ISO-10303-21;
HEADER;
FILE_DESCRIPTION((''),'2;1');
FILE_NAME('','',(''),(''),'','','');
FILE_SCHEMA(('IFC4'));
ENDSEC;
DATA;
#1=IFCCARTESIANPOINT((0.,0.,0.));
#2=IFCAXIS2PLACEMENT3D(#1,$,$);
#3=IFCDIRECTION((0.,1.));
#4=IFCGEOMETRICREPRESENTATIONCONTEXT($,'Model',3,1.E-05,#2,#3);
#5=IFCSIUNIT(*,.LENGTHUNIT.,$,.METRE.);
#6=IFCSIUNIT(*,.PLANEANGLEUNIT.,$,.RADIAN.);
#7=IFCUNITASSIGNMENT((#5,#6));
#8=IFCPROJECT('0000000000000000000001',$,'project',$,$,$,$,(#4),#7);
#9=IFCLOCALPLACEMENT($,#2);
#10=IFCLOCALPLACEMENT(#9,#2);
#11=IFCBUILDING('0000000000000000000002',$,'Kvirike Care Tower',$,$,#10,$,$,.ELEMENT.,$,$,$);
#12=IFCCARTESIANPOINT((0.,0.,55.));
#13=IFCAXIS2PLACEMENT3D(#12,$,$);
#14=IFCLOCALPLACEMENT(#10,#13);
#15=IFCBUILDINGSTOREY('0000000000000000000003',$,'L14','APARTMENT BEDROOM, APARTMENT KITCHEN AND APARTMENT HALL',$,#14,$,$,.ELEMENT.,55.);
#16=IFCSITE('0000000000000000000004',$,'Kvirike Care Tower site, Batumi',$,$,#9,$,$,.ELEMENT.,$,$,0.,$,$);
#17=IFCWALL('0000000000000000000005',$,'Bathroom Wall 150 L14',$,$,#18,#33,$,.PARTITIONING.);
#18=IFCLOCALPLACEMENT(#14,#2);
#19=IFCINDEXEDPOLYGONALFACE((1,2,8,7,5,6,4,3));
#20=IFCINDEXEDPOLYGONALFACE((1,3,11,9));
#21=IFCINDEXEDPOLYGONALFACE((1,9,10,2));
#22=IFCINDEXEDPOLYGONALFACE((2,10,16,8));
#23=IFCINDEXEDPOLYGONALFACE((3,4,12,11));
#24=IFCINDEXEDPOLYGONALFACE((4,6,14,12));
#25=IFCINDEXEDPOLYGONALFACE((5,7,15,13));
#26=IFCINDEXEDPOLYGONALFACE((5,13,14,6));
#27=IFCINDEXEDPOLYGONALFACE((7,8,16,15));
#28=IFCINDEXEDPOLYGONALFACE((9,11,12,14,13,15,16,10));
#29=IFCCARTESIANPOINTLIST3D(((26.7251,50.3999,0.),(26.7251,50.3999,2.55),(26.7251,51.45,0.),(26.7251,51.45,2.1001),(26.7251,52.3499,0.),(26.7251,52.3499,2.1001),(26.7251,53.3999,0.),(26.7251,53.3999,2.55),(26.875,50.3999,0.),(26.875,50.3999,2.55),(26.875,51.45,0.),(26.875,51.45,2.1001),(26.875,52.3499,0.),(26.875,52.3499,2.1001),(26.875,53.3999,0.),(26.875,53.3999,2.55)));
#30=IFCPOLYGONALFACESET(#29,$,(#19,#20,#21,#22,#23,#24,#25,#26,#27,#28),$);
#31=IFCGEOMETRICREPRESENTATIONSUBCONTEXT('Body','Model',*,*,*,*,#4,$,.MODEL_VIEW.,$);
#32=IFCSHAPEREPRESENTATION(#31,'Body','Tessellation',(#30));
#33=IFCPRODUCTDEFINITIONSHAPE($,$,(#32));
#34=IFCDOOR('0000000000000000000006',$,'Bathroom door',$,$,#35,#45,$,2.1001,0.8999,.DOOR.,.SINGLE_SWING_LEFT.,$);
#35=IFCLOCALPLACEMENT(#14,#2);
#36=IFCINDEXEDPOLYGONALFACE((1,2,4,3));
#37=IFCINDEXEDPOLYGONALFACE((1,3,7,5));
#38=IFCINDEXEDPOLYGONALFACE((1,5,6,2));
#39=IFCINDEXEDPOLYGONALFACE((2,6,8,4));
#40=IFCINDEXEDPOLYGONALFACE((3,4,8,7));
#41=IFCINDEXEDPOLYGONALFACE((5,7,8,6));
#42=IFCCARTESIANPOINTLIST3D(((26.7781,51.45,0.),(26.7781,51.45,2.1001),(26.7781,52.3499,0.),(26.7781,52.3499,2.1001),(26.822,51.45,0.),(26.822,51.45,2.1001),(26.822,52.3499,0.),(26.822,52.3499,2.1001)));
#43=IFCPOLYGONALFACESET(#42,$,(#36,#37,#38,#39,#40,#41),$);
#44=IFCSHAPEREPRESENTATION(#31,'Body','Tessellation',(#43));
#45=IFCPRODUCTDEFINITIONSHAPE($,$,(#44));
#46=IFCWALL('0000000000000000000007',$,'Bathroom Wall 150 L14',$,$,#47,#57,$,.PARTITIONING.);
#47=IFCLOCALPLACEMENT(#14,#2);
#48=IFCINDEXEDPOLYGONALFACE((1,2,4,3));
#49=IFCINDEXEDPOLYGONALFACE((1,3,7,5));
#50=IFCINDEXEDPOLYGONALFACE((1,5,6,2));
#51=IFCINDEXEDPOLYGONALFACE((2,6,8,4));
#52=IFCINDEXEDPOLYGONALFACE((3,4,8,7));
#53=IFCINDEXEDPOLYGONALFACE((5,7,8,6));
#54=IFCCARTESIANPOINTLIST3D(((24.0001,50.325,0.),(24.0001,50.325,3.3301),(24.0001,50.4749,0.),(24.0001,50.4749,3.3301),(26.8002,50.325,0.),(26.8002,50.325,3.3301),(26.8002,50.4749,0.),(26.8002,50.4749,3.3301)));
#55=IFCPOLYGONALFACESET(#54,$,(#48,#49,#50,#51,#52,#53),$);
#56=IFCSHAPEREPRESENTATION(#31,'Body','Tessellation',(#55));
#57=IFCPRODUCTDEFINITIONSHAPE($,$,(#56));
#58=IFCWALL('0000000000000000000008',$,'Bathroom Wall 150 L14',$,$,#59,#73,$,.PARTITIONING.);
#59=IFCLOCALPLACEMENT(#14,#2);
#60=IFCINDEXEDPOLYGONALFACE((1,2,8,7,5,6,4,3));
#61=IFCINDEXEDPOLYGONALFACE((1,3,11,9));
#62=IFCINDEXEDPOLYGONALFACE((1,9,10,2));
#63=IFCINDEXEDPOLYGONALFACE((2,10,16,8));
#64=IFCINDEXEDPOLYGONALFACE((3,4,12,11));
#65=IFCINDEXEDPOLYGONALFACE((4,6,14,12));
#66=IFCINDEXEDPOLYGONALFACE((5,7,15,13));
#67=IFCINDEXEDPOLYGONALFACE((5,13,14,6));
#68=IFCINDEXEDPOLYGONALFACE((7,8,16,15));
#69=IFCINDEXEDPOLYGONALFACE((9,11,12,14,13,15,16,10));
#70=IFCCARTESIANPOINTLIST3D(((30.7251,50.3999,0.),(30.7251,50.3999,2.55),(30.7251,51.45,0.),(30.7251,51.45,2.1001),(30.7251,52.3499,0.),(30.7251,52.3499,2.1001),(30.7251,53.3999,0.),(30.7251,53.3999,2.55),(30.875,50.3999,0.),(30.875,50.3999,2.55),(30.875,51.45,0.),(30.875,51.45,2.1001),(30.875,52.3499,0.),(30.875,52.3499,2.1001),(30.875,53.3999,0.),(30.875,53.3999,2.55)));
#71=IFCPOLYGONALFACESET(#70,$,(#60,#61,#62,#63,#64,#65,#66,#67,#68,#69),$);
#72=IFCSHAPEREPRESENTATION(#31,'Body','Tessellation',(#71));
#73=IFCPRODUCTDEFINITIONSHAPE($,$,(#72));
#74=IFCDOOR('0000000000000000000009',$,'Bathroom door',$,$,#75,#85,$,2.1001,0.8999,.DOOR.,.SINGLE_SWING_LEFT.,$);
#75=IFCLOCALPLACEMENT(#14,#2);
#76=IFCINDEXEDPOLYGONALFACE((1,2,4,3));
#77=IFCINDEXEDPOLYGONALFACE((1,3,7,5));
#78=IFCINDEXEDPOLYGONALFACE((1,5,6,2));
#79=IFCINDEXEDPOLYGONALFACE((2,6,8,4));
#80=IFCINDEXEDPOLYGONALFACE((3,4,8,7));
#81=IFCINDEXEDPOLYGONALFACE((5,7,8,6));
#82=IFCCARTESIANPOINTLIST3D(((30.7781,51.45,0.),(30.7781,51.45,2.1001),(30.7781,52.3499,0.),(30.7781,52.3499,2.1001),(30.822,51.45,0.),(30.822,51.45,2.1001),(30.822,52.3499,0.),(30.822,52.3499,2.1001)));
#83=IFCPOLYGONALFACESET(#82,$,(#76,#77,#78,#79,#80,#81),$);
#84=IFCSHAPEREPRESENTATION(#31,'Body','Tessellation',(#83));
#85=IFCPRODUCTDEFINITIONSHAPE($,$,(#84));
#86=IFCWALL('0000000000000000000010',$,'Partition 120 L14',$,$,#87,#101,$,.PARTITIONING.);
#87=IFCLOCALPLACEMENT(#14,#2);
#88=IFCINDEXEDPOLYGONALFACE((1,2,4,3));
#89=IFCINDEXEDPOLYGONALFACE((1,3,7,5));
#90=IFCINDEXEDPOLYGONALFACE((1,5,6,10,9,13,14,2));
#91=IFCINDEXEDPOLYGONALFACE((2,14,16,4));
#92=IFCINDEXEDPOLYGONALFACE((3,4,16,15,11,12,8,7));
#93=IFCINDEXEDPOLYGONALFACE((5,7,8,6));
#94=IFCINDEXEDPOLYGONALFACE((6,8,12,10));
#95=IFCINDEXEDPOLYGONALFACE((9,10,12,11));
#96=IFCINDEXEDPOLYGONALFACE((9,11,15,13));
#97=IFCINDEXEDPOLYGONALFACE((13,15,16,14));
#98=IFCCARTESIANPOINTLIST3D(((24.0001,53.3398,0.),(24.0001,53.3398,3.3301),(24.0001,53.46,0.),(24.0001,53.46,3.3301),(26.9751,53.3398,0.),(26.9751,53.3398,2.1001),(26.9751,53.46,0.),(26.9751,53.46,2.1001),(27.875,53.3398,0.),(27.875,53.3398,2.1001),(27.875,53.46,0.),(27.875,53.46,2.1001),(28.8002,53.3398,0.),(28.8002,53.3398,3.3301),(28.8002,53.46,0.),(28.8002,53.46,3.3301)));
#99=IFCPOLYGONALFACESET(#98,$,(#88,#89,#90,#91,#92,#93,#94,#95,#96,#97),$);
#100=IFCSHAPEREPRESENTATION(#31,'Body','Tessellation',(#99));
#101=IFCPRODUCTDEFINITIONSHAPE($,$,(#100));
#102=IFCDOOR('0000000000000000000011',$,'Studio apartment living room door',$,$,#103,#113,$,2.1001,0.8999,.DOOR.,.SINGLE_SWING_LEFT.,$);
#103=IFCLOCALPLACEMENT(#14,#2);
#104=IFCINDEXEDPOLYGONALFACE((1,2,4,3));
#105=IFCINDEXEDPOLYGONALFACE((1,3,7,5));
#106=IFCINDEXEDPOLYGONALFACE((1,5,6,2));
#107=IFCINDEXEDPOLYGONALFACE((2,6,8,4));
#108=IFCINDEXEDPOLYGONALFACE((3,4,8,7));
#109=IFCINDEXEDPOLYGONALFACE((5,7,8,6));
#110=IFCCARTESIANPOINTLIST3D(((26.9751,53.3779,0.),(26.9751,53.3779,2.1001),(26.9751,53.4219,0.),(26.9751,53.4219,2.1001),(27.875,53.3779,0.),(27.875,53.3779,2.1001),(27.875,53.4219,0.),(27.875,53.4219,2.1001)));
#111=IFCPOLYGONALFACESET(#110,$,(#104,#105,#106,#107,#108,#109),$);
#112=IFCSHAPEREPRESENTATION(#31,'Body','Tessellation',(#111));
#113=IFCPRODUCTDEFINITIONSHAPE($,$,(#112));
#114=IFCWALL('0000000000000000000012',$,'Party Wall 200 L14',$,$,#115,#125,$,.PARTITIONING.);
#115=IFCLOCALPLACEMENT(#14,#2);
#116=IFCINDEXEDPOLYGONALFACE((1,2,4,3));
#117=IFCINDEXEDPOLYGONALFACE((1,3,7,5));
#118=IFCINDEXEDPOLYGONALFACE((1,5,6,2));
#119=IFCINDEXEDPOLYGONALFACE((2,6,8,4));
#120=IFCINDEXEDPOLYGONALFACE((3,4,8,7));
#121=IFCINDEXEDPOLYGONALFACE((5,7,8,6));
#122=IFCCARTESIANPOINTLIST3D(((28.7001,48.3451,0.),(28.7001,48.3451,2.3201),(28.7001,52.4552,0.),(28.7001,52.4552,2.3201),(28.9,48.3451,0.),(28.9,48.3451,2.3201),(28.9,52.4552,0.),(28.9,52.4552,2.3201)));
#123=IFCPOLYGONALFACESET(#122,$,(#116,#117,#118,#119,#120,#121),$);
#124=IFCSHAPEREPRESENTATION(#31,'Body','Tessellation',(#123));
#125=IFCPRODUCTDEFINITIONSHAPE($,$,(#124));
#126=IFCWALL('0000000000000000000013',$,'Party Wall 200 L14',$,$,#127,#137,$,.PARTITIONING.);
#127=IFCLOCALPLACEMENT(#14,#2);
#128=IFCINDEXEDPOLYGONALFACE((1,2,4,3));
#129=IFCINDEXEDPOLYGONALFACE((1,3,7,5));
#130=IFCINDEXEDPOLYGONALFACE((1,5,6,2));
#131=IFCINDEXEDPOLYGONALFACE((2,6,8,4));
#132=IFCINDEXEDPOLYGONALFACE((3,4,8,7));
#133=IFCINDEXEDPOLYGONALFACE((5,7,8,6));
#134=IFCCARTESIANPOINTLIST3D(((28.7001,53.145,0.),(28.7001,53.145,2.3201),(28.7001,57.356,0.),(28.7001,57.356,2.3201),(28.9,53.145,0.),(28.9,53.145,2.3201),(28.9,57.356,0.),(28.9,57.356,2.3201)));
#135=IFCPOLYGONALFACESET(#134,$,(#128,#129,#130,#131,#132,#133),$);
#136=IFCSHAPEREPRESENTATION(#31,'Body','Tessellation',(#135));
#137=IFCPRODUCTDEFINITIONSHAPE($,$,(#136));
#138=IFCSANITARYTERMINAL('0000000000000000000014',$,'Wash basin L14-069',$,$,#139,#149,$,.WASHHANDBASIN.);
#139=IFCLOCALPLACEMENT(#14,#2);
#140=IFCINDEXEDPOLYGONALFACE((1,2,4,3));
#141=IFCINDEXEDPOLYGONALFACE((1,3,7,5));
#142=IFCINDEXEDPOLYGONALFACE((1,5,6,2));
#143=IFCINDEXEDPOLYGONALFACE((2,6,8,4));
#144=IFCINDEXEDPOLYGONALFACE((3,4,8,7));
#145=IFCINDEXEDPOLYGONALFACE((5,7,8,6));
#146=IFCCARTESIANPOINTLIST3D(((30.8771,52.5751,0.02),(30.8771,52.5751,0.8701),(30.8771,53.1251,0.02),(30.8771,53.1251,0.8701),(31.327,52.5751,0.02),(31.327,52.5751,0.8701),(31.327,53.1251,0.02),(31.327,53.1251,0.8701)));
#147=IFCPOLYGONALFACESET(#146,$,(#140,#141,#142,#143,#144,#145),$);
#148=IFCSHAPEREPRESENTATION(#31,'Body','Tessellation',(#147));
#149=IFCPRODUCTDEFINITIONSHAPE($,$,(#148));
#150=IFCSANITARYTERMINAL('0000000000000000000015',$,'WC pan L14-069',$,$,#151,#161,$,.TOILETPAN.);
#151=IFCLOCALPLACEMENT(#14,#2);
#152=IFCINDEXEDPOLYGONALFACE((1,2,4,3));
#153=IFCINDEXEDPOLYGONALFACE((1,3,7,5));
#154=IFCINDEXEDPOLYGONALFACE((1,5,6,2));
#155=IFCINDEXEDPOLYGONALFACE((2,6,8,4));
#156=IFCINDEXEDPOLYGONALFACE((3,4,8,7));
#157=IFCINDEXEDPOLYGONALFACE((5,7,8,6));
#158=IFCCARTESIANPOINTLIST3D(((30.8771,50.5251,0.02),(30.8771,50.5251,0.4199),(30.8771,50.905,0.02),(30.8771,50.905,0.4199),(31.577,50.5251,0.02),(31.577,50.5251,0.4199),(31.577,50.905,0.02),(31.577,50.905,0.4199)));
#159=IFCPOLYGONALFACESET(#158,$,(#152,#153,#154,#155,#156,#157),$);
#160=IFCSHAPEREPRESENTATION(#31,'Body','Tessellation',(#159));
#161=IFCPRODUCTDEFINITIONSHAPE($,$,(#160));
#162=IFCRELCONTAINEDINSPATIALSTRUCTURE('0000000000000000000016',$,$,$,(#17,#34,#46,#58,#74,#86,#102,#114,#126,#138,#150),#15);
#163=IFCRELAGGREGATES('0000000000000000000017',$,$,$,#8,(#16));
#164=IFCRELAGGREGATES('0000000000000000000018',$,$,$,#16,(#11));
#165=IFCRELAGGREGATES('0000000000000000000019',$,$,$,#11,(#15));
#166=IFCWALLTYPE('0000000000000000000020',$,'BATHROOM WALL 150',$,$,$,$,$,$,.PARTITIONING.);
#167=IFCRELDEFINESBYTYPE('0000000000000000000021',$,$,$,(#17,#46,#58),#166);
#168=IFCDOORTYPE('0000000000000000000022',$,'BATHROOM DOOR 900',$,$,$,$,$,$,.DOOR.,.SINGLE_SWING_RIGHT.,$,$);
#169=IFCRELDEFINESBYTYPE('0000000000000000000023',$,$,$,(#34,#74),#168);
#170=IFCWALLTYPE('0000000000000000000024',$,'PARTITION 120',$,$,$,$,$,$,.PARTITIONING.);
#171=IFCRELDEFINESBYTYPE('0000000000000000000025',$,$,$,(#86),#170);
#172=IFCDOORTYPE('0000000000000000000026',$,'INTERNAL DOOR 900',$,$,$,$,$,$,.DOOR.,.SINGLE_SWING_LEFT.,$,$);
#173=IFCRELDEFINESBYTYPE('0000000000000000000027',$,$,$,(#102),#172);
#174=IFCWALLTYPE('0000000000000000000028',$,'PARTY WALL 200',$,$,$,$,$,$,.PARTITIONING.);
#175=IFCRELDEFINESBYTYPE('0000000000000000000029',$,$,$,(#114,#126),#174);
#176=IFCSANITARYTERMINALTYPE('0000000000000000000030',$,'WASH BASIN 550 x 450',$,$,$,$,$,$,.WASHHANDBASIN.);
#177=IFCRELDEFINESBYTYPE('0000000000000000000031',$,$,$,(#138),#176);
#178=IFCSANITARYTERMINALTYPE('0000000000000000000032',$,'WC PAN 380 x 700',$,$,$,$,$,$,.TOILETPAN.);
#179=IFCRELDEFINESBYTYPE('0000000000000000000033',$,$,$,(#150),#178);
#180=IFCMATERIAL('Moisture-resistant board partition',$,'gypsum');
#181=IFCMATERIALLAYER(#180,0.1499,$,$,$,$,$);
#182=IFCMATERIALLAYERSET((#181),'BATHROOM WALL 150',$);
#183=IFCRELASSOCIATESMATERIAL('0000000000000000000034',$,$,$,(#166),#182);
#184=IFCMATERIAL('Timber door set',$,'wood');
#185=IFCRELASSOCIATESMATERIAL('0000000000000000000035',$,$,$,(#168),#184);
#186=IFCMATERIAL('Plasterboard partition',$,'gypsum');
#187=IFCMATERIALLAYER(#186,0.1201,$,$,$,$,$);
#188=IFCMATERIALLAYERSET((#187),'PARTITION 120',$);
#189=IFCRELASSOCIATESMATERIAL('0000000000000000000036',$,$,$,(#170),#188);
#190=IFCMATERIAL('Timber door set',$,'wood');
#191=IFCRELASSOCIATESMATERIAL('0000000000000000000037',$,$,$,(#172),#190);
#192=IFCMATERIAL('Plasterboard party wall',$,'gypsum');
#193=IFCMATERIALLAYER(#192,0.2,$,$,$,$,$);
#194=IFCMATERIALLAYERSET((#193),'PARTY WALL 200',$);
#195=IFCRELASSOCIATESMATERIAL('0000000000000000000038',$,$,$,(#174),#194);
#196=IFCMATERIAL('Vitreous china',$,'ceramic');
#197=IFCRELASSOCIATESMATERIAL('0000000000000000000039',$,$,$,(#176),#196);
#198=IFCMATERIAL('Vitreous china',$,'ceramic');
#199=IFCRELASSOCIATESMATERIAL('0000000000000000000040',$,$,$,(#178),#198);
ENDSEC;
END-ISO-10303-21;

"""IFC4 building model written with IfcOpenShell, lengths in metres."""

from ifc_helpers import new_model, si_unit, direction, frame, frame_2d, origin, origin_2d, place, context, subcontext, project, spatial, rectangle, extrude, material, layer, layer_set, type_object, element, fill, save


model = new_model("IFC4")

# Units and contexts
model_context = context("Model", 3, precision=1e-05, world=origin(), true_north=direction((0.0, 1.0)))
body_context = subcontext(model_context, "Body", "Model", "MODEL_VIEW")
ifc_project = project(units=[si_unit("LENGTHUNIT", "METRE"), si_unit("PLANEANGLEUNIT", "RADIAN")], contexts=[model_context])

# Site, building, storey
site_placement = place(None, origin())
site = spatial("IfcSite", under=ifc_project, at=site_placement, Name="Kvirike Care Tower site, Batumi", CompositionType="ELEMENT", RefElevation=0.0)
building_placement = place(site_placement, origin())
building = spatial("IfcBuilding", under=site, at=building_placement, Name="Kvirike Care Tower", CompositionType="ELEMENT")
storey_placement = place(building_placement, frame((0.0, 0.0, 55.0)))
storey = spatial("IfcBuildingStorey", under=building, at=storey_placement, Name="L14", Description="APARTMENT BEDROOM, APARTMENT KITCHEN AND APARTMENT HALL", CompositionType="ELEMENT", Elevation=55.0)

# Wall, opening, door
ifc_material_1 = material(Name="Moisture-resistant board partition", Category="gypsum")
ifc_layer_1 = layer(ifc_material_1, 0.1499)
ifc_layer_set_1 = layer_set([ifc_layer_1], Name="BATHROOM WALL 150")
wall_type_1 = type_object("IfcWallType", Name="BATHROOM WALL 150", PredefinedType="PARTITIONING", material=ifc_layer_set_1)
wall_1_placement = place(storey_placement, frame((26.8, 53.3999, 0.0), z_axis=(0.0, 0.0, 1.0), x_axis=(0.0, -1.0, 0.0)))
wall_1 = element("IfcWall", 1, at=wall_1_placement, inside=storey, type_object=wall_type_1, Name="Bathroom Wall 150 L14", PredefinedType="PARTITIONING", context=body_context, shape_type="SweptSolid", body=[
    extrude(rectangle(XDim=3.0, YDim=0.1499, at=frame_2d((1.5, 0.0))), origin(), (0.0, 0.0, 1.0), 2.55),
])
opening_1_placement = place(wall_1_placement, frame((1.05, 0.0, 0.0)))
opening_1 = element("IfcOpeningElement", 2, at=opening_1_placement, cuts=wall_1, PredefinedType="OPENING", context=body_context, shape_type="SweptSolid", body=[
    extrude(rectangle(XDim=0.8999, YDim=2.1001, at=frame_2d((0.45, 1.05))), frame((0.0, 0.0854, 0.0), z_axis=(0.0, -1.0, 0.0), x_axis=(1.0, 0.0, 0.0)), (0.0, 0.0, 1.0), 0.1709),
])
ifc_material_2 = material(Name="Timber door set", Category="wood")
door_type_1 = type_object("IfcDoorType", Name="BATHROOM DOOR 900", OperationType="SINGLE_SWING_RIGHT", PredefinedType="DOOR", material=ifc_material_2)
door_1_placement = place(opening_1_placement, frame((0.8999, 0.0, 0.0), z_axis=(0.0, 0.0, 1.0), x_axis=(-1.0, 0.0, 0.0)))
door_1 = element("IfcDoor", 3, at=door_1_placement, inside=storey, type_object=door_type_1, Name="Bathroom door", OperationType="SINGLE_SWING_LEFT", OverallHeight=2.1001, OverallWidth=0.8999, PredefinedType="DOOR", context=body_context, shape_type="SweptSolid", body=[
    extrude(rectangle(XDim=0.8999, YDim=2.1001, at=frame_2d((0.45, 1.05))), frame((0.0, 0.022, 0.0), z_axis=(0.0, -1.0, 0.0), x_axis=(1.0, 0.0, 0.0)), (0.0, 0.0, 1.0), 0.0439),
])
fill(opening_1, door_1)

# Wall
wall_2_placement = place(storey_placement, frame((26.8, 50.3999, 0.0), z_axis=(0.0, 0.0, 1.0), x_axis=(-1.0, 0.0, 0.0)))
element("IfcWall", 4, at=wall_2_placement, inside=storey, type_object=wall_type_1, Name="Bathroom Wall 150 L14", PredefinedType="PARTITIONING", context=body_context, shape_type="SweptSolid", body=[
    extrude(rectangle(XDim=2.8, YDim=0.1499, at=frame_2d((1.3999, 0.0))), origin(), (0.0, 0.0, 1.0), 3.3301),
])

# Walls, openings, doors
wall_3_placement = place(storey_placement, frame((30.8, 53.3999, 0.0), z_axis=(0.0, 0.0, 1.0), x_axis=(0.0, -1.0, 0.0)))
wall_3 = element("IfcWall", 5, at=wall_3_placement, inside=storey, type_object=wall_type_1, Name="Bathroom Wall 150 L14", PredefinedType="PARTITIONING", context=body_context, shape_type="SweptSolid", body=[
    extrude(rectangle(XDim=3.0, YDim=0.1499, at=frame_2d((1.5, 0.0))), origin(), (0.0, 0.0, 1.0), 2.55),
])
opening_2_placement = place(wall_3_placement, frame((1.05, 0.0, 0.0)))
opening_2 = element("IfcOpeningElement", 6, at=opening_2_placement, cuts=wall_3, PredefinedType="OPENING", context=body_context, shape_type="SweptSolid", body=[
    extrude(rectangle(XDim=0.8999, YDim=2.1001, at=frame_2d((0.45, 1.05))), frame((0.0, 0.0854, 0.0), z_axis=(0.0, -1.0, 0.0), x_axis=(1.0, 0.0, 0.0)), (0.0, 0.0, 1.0), 0.1709),
])
door_2_placement = place(opening_2_placement, origin())
door_2 = element("IfcDoor", 7, at=door_2_placement, inside=storey, type_object=door_type_1, Name="Bathroom door", OperationType="SINGLE_SWING_LEFT", OverallHeight=2.1001, OverallWidth=0.8999, PredefinedType="DOOR", context=body_context, shape_type="SweptSolid", body=[
    extrude(rectangle(XDim=0.8999, YDim=2.1001, at=frame_2d((0.45, 1.05))), frame((0.0, 0.022, 0.0), z_axis=(0.0, -1.0, 0.0), x_axis=(1.0, 0.0, 0.0)), (0.0, 0.0, 1.0), 0.0439),
])
fill(opening_2, door_2)
ifc_material_3 = material(Name="Plasterboard partition", Category="gypsum")
ifc_layer_2 = layer(ifc_material_3, 0.1201)
ifc_layer_set_2 = layer_set([ifc_layer_2], Name="PARTITION 120")
wall_type_2 = type_object("IfcWallType", Name="PARTITION 120", PredefinedType="PARTITIONING", material=ifc_layer_set_2)
wall_4_placement = place(storey_placement, frame((28.8, 53.3999, 0.0), z_axis=(0.0, 0.0, 1.0), x_axis=(-1.0, 0.0, 0.0)))
wall_4 = element("IfcWall", 8, at=wall_4_placement, inside=storey, type_object=wall_type_2, Name="Partition 120 L14", PredefinedType="PARTITIONING", context=body_context, shape_type="SweptSolid", body=[
    extrude(rectangle(XDim=4.8, YDim=0.1201, at=frame_2d((2.3999, 0.0))), origin(), (0.0, 0.0, 1.0), 3.3301),
])
opening_3_placement = place(wall_4_placement, frame((0.925, 0.0, 0.0)))
opening_3 = element("IfcOpeningElement", 9, at=opening_3_placement, cuts=wall_4, PredefinedType="OPENING", context=body_context, shape_type="SweptSolid", body=[
    extrude(rectangle(XDim=0.8999, YDim=2.1001, at=frame_2d((0.45, 1.05))), frame((0.0, 0.0706, 0.0), z_axis=(0.0, -1.0, 0.0), x_axis=(1.0, 0.0, 0.0)), (0.0, 0.0, 1.0), 0.1411),
])
ifc_material_4 = material(Name="Timber door set", Category="wood")
door_type_2 = type_object("IfcDoorType", Name="INTERNAL DOOR 900", OperationType="SINGLE_SWING_LEFT", PredefinedType="DOOR", material=ifc_material_4)
door_3_placement = place(opening_3_placement, frame((0.8999, 0.0, 0.0), z_axis=(0.0, 0.0, 1.0), x_axis=(-1.0, 0.0, 0.0)))
door_3 = element("IfcDoor", 10, at=door_3_placement, inside=storey, type_object=door_type_2, Name="Studio apartment living room door", OperationType="SINGLE_SWING_LEFT", OverallHeight=2.1001, OverallWidth=0.8999, PredefinedType="DOOR", context=body_context, shape_type="SweptSolid", body=[
    extrude(rectangle(XDim=0.8999, YDim=2.1001, at=frame_2d((0.45, 1.05))), frame((0.0, 0.022, 0.0), z_axis=(0.0, -1.0, 0.0), x_axis=(1.0, 0.0, 0.0)), (0.0, 0.0, 1.0), 0.0439),
])
fill(opening_3, door_3)

# Walls
ifc_material_5 = material(Name="Plasterboard party wall", Category="gypsum")
ifc_layer_3 = layer(ifc_material_5, 0.2)
ifc_layer_set_3 = layer_set([ifc_layer_3], Name="PARTY WALL 200")
wall_type_3 = type_object("IfcWallType", Name="PARTY WALL 200", PredefinedType="PARTITIONING", material=ifc_layer_set_3)
wall_5_placement = place(storey_placement, frame((28.8, 48.345, 0.0), z_axis=(0.0, 0.0, 1.0), x_axis=(0.0, 1.0, 0.0)))
element("IfcWall", 11, at=wall_5_placement, inside=storey, type_object=wall_type_3, Name="Party Wall 200 L14", PredefinedType="PARTITIONING", context=body_context, shape_type="SweptSolid", body=[
    extrude(rectangle(XDim=4.1101, YDim=0.2, at=frame_2d((2.0552, 0.0))), origin(), (0.0, 0.0, 1.0), 2.3201),
])
wall_6_placement = place(storey_placement, frame((28.8, 53.145, 0.0), z_axis=(0.0, 0.0, 1.0), x_axis=(0.0, 1.0, 0.0)))
element("IfcWall", 12, at=wall_6_placement, inside=storey, type_object=wall_type_3, Name="Party Wall 200 L14", PredefinedType="PARTITIONING", context=body_context, shape_type="SweptSolid", body=[
    extrude(rectangle(XDim=4.2109, YDim=0.2, at=frame_2d((2.1055, 0.0))), origin(), (0.0, 0.0, 1.0), 2.3201),
])

# Sanitary terminals
ifc_material_6 = material(Name="Vitreous china", Category="ceramic")
sanitary_terminal_type_1 = type_object("IfcSanitaryTerminalType", Name="WASH BASIN 550 x 450", PredefinedType="WASHHANDBASIN", material=ifc_material_6)
sanitary_terminal_1_placement = place(storey_placement, frame((31.1021, 52.8501, 0.02), z_axis=(0.0, 0.0, 1.0), x_axis=(0.0, 1.0, 0.0)))
element("IfcSanitaryTerminal", 13, at=sanitary_terminal_1_placement, inside=storey, type_object=sanitary_terminal_type_1, Name="Wash basin L14-069", PredefinedType="WASHHANDBASIN", context=body_context, shape_type="SweptSolid", body=[
    extrude(rectangle(XDim=0.55, YDim=0.45, at=origin_2d()), origin(), (0.0, 0.0, 1.0), 0.8501),
])
ifc_material_7 = material(Name="Vitreous china", Category="ceramic")
sanitary_terminal_type_2 = type_object("IfcSanitaryTerminalType", Name="WC PAN 380 x 700", PredefinedType="TOILETPAN", material=ifc_material_7)
sanitary_terminal_2_placement = place(storey_placement, frame((31.2271, 50.7151, 0.02), z_axis=(0.0, 0.0, 1.0), x_axis=(0.0, 1.0, 0.0)))
element("IfcSanitaryTerminal", 14, at=sanitary_terminal_2_placement, inside=storey, type_object=sanitary_terminal_type_2, Name="WC pan L14-069", PredefinedType="TOILETPAN", context=body_context, shape_type="SweptSolid", body=[
    extrude(rectangle(XDim=0.3799, YDim=0.7, at=origin_2d()), origin(), (0.0, 0.0, 1.0), 0.3999),
])

save(model, "model.ifc")
